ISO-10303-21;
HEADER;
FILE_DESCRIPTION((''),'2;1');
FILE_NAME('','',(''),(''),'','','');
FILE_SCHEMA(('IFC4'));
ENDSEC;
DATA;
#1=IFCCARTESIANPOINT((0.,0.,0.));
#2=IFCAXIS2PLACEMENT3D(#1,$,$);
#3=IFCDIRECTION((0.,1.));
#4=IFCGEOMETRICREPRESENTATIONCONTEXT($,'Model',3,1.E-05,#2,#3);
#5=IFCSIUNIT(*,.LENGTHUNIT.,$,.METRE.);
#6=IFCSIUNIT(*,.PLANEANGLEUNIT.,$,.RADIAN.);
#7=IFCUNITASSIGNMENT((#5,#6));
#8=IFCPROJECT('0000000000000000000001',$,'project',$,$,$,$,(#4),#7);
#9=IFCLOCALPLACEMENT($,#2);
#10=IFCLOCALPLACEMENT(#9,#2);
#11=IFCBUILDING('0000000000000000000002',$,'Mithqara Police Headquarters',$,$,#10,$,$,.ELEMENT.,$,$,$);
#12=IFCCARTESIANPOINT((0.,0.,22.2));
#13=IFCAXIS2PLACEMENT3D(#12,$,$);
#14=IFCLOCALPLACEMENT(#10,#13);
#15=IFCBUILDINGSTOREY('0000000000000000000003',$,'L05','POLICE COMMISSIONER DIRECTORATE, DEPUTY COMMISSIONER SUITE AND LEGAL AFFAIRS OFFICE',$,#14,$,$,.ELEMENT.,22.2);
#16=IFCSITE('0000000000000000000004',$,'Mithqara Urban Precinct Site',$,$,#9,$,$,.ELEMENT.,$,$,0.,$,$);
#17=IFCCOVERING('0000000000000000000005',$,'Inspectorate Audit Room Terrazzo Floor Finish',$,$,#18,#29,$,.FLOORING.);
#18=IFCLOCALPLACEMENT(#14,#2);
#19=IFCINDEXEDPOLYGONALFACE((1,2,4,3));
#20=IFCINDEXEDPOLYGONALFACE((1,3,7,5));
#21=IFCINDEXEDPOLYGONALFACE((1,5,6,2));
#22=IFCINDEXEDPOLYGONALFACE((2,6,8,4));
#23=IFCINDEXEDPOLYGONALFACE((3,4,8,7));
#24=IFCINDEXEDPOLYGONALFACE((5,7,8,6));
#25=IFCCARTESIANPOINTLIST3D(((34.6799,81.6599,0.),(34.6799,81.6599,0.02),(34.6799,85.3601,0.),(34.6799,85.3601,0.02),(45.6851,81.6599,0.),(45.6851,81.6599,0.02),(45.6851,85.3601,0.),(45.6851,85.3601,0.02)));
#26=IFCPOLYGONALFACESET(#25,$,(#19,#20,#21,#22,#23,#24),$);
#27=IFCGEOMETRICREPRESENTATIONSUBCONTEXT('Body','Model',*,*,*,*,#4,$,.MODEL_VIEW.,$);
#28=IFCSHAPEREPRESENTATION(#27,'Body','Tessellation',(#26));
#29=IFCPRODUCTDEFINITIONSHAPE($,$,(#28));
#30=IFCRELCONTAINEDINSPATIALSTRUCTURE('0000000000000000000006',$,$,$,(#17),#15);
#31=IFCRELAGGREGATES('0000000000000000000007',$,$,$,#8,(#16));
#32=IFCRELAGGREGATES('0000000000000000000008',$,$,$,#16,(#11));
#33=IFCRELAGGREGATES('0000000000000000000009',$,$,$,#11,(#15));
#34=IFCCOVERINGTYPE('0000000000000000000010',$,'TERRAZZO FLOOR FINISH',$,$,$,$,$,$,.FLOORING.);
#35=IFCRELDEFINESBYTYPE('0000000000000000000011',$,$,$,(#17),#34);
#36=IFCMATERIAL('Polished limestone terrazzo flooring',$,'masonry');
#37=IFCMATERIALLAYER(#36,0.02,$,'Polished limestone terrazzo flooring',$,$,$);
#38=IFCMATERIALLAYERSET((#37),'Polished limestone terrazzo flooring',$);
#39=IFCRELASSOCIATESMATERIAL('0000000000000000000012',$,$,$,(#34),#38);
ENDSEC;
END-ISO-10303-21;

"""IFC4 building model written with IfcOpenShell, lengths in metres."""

from ifc_helpers import new_model, si_unit, direction, frame, origin, place, context, subcontext, project, spatial, polyline, outline, extrude, material, layer, layer_set, type_object, element, save


model = new_model("IFC4")

# Units and contexts
model_context = context("Model", 3, precision=1e-05, world=origin(), true_north=direction((0.0, 1.0)))
body_context = subcontext(model_context, "Body", "Model", "MODEL_VIEW")
ifc_project = project(units=[si_unit("LENGTHUNIT", "METRE"), si_unit("PLANEANGLEUNIT", "RADIAN")], contexts=[model_context])

# Site, building, storey
site_placement = place(None, origin())
site = spatial("IfcSite", under=ifc_project, at=site_placement, Name="Mithqara Urban Precinct Site", CompositionType="ELEMENT", RefElevation=0.0)
building_placement = place(site_placement, origin())
building = spatial("IfcBuilding", under=site, at=building_placement, Name="Mithqara Police Headquarters", CompositionType="ELEMENT")
storey_placement = place(building_placement, frame((0.0, 0.0, 22.2)))
storey = spatial("IfcBuildingStorey", under=building, at=storey_placement, Name="L05", Description="POLICE COMMISSIONER DIRECTORATE, DEPUTY COMMISSIONER SUITE AND LEGAL AFFAIRS OFFICE", CompositionType="ELEMENT", Elevation=22.2)

# Covering
ifc_material_1 = material(Name="Polished limestone terrazzo flooring", Category="masonry")
ifc_layer_1 = layer(ifc_material_1, 0.02, Name="Polished limestone terrazzo flooring")
ifc_layer_set_1 = layer_set([ifc_layer_1], Name="Polished limestone terrazzo flooring")
covering_type_1 = type_object("IfcCoveringType", Name="TERRAZZO FLOOR FINISH", PredefinedType="FLOORING", material=ifc_layer_set_1)
covering_1_placement = place(storey_placement, origin())
element("IfcCovering", 1, at=covering_1_placement, inside=storey, type_object=covering_type_1, Name="Inspectorate Audit Room Terrazzo Floor Finish", PredefinedType="FLOORING", context=body_context, shape_type="SweptSolid", body=[
    extrude(outline(polyline([(34.6799, 81.6599), (45.6851, 81.6599), (45.6851, 85.3601), (34.6799, 85.3601), (34.6799, 81.6599)])), origin(), (0.0, 0.0, 1.0), 0.02),
])

save(model, "model.ifc")
